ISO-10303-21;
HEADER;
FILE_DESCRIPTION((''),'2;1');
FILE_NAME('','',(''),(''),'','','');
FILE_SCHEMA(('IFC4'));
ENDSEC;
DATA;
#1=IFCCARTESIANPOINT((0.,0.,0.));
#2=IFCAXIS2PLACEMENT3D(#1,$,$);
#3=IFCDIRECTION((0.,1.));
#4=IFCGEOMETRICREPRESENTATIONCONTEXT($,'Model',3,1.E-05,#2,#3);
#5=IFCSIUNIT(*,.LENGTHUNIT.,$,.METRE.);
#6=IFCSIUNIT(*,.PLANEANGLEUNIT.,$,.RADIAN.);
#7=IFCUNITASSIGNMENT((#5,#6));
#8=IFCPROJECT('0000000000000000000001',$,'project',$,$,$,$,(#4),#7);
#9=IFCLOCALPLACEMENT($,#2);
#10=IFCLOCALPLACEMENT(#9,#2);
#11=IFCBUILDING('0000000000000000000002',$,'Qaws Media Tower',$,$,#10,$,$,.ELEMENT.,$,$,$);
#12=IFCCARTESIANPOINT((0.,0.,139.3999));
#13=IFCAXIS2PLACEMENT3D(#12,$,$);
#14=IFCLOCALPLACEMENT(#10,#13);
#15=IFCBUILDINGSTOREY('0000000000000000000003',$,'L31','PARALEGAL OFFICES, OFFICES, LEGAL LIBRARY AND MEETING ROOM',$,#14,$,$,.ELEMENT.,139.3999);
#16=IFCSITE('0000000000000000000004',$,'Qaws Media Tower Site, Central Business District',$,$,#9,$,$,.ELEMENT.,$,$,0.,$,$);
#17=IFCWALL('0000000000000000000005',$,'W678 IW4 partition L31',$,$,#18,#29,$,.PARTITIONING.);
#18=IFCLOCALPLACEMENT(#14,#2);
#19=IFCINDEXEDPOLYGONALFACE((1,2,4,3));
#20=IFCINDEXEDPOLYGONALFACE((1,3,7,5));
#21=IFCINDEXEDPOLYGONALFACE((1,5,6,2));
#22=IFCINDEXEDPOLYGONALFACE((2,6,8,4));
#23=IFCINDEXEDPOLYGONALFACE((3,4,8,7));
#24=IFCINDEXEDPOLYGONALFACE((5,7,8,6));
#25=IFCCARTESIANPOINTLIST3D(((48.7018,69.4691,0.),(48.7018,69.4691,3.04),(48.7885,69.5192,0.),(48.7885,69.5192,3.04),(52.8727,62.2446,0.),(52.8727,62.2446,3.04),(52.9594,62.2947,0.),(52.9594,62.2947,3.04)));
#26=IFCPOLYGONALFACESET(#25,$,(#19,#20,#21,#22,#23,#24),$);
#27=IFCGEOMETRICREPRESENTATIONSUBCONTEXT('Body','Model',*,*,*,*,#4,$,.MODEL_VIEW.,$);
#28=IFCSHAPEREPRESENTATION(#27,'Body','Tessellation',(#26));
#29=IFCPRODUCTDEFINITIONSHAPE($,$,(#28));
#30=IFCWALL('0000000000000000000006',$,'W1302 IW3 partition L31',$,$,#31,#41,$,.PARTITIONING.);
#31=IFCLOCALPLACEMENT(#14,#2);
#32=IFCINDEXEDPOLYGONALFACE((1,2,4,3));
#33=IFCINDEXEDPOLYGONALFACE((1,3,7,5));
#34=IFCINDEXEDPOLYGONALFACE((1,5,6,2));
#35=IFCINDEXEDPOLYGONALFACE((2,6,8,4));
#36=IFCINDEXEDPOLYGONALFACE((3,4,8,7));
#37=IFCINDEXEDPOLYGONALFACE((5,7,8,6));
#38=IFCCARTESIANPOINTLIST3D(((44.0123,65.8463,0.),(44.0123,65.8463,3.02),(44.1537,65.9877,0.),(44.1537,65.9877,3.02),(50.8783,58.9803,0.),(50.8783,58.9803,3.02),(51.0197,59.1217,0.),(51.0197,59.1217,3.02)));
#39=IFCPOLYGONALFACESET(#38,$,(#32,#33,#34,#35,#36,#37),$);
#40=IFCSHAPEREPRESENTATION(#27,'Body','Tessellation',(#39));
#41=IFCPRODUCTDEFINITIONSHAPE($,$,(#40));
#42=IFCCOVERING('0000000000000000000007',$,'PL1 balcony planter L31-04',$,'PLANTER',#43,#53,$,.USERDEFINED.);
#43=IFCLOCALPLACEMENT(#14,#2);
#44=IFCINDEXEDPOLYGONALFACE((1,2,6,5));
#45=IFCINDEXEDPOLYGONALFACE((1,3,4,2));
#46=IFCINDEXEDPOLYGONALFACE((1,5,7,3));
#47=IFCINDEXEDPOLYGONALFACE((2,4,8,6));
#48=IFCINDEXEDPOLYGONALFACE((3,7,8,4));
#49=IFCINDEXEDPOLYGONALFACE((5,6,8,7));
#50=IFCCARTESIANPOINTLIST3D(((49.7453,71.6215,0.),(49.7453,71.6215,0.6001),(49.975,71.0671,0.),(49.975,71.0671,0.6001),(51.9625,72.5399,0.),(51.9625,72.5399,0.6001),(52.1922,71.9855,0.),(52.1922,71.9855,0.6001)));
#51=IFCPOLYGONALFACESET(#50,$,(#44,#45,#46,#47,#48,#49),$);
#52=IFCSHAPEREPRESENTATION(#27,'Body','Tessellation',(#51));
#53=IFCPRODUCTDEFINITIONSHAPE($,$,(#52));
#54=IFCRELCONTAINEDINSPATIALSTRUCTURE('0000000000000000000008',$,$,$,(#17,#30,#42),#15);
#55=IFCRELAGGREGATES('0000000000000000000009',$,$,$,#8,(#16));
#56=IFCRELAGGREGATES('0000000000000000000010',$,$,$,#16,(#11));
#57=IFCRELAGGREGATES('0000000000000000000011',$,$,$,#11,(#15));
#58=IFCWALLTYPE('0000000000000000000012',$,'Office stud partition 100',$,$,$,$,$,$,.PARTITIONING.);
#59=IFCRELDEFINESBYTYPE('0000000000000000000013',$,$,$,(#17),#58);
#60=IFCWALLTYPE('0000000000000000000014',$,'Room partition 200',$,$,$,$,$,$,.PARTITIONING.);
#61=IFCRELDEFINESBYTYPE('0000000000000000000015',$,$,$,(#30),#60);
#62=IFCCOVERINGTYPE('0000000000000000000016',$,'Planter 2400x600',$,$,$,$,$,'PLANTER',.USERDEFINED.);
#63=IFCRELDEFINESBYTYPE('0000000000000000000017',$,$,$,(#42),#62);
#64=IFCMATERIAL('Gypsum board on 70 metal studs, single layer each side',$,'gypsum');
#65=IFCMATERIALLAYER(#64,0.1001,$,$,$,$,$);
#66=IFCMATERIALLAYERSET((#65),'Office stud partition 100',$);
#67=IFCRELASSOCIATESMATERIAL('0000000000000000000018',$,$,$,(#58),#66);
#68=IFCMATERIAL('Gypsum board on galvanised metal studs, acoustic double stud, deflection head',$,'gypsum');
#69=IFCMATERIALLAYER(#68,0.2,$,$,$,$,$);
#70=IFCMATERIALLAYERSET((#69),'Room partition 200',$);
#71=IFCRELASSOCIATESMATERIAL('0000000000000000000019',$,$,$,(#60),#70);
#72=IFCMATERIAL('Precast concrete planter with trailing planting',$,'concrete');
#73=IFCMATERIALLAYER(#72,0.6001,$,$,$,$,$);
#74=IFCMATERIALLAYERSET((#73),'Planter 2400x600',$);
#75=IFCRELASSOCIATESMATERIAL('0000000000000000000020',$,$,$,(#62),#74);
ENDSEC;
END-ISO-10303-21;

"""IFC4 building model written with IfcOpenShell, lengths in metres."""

from ifc_helpers import new_model, si_unit, direction, frame, frame_2d, origin, origin_2d, place, context, subcontext, project, spatial, rectangle, extrude, material, layer, layer_set, type_object, element, save


model = new_model("IFC4")

# Units and contexts
model_context = context("Model", 3, precision=1e-05, world=origin(), true_north=direction((0.0, 1.0)))
body_context = subcontext(model_context, "Body", "Model", "MODEL_VIEW")
ifc_project = project(units=[si_unit("LENGTHUNIT", "METRE"), si_unit("PLANEANGLEUNIT", "RADIAN")], contexts=[model_context])

# Site, building, storey
site_placement = place(None, origin())
site = spatial("IfcSite", under=ifc_project, at=site_placement, Name="Qaws Media Tower Site, Central Business District", CompositionType="ELEMENT", RefElevation=0.0)
building_placement = place(site_placement, origin())
building = spatial("IfcBuilding", under=site, at=building_placement, Name="Qaws Media Tower", CompositionType="ELEMENT")
storey_placement = place(building_placement, frame((0.0, 0.0, 139.3999)))
storey = spatial("IfcBuildingStorey", under=building, at=storey_placement, Name="L31", Description="PARALEGAL OFFICES, OFFICES, LEGAL LIBRARY AND MEETING ROOM", CompositionType="ELEMENT", Elevation=139.3999)

# Wall
ifc_material_1 = material(Name="Gypsum board on 70 metal studs, single layer each side", Category="gypsum")
ifc_layer_1 = layer(ifc_material_1, 0.1001)
ifc_layer_set_1 = layer_set([ifc_layer_1], Name="Office stud partition 100")
wall_type_1 = type_object("IfcWallType", Name="Office stud partition 100", PredefinedType="PARTITIONING", material=ifc_layer_set_1)
wall_1_placement = place(storey_placement, frame((52.916, 62.2698, 0.0), z_axis=(0.0, 0.0, 1.0), x_axis=(-0.499992, 0.86603, 0.0)))
element("IfcWall", 1, at=wall_1_placement, inside=storey, type_object=wall_type_1, Name="W678 IW4 partition L31", PredefinedType="PARTITIONING", context=body_context, shape_type="SweptSolid", body=[
    extrude(rectangle(XDim=8.342, YDim=0.1001, at=frame_2d((4.1709, 0.0))), origin(), (0.0, 0.0, 1.0), 3.04),
])

# Shared definitions
ifc_material_2 = material(Name="Gypsum board on galvanised metal studs, acoustic double stud, deflection head", Category="gypsum")
ifc_layer_2 = layer(ifc_material_2, 0.2)
ifc_layer_set_2 = layer_set([ifc_layer_2], Name="Room partition 200")
wall_type_2 = type_object("IfcWallType", Name="Room partition 200", PredefinedType="PARTITIONING", material=ifc_layer_set_2)

# Wall
wall_2_placement = place(storey_placement, frame((50.949, 59.051, 0.0), z_axis=(0.0, 0.0, 1.0), x_axis=(-0.707107, 0.707107, 0.0)))
element("IfcWall", 2, at=wall_2_placement, inside=storey, type_object=wall_type_2, Name="W1302 IW3 partition L31", PredefinedType="PARTITIONING", context=body_context, shape_type="SweptSolid", body=[
    extrude(rectangle(XDim=9.71, YDim=0.2, at=frame_2d((4.855, 0.0))), origin(), (0.0, 0.0, 1.0), 3.02),
])

# Covering
ifc_material_3 = material(Name="Precast concrete planter with trailing planting", Category="concrete")
ifc_layer_3 = layer(ifc_material_3, 0.6001)
ifc_layer_set_3 = layer_set([ifc_layer_3], Name="Planter 2400x600")
covering_type = type_object("IfcCoveringType", Name="Planter 2400x600", ElementType="PLANTER", PredefinedType="USERDEFINED", material=ifc_layer_set_3)
covering_placement = place(storey_placement, frame((50.9688, 71.8035, 0.0), z_axis=(0.0, 0.0, 1.0), x_axis=(-0.92388, -0.382683, 0.0)))
element("IfcCovering", 3, at=covering_placement, inside=storey, type_object=covering_type, Name="PL1 balcony planter L31-04", ObjectType="PLANTER", PredefinedType="USERDEFINED", context=body_context, shape_type="SweptSolid", body=[
    extrude(rectangle(XDim=2.3999, YDim=0.6001, at=origin_2d()), origin(), (0.0, 0.0, 1.0), 0.6001),
])

save(model, "model.ifc")
